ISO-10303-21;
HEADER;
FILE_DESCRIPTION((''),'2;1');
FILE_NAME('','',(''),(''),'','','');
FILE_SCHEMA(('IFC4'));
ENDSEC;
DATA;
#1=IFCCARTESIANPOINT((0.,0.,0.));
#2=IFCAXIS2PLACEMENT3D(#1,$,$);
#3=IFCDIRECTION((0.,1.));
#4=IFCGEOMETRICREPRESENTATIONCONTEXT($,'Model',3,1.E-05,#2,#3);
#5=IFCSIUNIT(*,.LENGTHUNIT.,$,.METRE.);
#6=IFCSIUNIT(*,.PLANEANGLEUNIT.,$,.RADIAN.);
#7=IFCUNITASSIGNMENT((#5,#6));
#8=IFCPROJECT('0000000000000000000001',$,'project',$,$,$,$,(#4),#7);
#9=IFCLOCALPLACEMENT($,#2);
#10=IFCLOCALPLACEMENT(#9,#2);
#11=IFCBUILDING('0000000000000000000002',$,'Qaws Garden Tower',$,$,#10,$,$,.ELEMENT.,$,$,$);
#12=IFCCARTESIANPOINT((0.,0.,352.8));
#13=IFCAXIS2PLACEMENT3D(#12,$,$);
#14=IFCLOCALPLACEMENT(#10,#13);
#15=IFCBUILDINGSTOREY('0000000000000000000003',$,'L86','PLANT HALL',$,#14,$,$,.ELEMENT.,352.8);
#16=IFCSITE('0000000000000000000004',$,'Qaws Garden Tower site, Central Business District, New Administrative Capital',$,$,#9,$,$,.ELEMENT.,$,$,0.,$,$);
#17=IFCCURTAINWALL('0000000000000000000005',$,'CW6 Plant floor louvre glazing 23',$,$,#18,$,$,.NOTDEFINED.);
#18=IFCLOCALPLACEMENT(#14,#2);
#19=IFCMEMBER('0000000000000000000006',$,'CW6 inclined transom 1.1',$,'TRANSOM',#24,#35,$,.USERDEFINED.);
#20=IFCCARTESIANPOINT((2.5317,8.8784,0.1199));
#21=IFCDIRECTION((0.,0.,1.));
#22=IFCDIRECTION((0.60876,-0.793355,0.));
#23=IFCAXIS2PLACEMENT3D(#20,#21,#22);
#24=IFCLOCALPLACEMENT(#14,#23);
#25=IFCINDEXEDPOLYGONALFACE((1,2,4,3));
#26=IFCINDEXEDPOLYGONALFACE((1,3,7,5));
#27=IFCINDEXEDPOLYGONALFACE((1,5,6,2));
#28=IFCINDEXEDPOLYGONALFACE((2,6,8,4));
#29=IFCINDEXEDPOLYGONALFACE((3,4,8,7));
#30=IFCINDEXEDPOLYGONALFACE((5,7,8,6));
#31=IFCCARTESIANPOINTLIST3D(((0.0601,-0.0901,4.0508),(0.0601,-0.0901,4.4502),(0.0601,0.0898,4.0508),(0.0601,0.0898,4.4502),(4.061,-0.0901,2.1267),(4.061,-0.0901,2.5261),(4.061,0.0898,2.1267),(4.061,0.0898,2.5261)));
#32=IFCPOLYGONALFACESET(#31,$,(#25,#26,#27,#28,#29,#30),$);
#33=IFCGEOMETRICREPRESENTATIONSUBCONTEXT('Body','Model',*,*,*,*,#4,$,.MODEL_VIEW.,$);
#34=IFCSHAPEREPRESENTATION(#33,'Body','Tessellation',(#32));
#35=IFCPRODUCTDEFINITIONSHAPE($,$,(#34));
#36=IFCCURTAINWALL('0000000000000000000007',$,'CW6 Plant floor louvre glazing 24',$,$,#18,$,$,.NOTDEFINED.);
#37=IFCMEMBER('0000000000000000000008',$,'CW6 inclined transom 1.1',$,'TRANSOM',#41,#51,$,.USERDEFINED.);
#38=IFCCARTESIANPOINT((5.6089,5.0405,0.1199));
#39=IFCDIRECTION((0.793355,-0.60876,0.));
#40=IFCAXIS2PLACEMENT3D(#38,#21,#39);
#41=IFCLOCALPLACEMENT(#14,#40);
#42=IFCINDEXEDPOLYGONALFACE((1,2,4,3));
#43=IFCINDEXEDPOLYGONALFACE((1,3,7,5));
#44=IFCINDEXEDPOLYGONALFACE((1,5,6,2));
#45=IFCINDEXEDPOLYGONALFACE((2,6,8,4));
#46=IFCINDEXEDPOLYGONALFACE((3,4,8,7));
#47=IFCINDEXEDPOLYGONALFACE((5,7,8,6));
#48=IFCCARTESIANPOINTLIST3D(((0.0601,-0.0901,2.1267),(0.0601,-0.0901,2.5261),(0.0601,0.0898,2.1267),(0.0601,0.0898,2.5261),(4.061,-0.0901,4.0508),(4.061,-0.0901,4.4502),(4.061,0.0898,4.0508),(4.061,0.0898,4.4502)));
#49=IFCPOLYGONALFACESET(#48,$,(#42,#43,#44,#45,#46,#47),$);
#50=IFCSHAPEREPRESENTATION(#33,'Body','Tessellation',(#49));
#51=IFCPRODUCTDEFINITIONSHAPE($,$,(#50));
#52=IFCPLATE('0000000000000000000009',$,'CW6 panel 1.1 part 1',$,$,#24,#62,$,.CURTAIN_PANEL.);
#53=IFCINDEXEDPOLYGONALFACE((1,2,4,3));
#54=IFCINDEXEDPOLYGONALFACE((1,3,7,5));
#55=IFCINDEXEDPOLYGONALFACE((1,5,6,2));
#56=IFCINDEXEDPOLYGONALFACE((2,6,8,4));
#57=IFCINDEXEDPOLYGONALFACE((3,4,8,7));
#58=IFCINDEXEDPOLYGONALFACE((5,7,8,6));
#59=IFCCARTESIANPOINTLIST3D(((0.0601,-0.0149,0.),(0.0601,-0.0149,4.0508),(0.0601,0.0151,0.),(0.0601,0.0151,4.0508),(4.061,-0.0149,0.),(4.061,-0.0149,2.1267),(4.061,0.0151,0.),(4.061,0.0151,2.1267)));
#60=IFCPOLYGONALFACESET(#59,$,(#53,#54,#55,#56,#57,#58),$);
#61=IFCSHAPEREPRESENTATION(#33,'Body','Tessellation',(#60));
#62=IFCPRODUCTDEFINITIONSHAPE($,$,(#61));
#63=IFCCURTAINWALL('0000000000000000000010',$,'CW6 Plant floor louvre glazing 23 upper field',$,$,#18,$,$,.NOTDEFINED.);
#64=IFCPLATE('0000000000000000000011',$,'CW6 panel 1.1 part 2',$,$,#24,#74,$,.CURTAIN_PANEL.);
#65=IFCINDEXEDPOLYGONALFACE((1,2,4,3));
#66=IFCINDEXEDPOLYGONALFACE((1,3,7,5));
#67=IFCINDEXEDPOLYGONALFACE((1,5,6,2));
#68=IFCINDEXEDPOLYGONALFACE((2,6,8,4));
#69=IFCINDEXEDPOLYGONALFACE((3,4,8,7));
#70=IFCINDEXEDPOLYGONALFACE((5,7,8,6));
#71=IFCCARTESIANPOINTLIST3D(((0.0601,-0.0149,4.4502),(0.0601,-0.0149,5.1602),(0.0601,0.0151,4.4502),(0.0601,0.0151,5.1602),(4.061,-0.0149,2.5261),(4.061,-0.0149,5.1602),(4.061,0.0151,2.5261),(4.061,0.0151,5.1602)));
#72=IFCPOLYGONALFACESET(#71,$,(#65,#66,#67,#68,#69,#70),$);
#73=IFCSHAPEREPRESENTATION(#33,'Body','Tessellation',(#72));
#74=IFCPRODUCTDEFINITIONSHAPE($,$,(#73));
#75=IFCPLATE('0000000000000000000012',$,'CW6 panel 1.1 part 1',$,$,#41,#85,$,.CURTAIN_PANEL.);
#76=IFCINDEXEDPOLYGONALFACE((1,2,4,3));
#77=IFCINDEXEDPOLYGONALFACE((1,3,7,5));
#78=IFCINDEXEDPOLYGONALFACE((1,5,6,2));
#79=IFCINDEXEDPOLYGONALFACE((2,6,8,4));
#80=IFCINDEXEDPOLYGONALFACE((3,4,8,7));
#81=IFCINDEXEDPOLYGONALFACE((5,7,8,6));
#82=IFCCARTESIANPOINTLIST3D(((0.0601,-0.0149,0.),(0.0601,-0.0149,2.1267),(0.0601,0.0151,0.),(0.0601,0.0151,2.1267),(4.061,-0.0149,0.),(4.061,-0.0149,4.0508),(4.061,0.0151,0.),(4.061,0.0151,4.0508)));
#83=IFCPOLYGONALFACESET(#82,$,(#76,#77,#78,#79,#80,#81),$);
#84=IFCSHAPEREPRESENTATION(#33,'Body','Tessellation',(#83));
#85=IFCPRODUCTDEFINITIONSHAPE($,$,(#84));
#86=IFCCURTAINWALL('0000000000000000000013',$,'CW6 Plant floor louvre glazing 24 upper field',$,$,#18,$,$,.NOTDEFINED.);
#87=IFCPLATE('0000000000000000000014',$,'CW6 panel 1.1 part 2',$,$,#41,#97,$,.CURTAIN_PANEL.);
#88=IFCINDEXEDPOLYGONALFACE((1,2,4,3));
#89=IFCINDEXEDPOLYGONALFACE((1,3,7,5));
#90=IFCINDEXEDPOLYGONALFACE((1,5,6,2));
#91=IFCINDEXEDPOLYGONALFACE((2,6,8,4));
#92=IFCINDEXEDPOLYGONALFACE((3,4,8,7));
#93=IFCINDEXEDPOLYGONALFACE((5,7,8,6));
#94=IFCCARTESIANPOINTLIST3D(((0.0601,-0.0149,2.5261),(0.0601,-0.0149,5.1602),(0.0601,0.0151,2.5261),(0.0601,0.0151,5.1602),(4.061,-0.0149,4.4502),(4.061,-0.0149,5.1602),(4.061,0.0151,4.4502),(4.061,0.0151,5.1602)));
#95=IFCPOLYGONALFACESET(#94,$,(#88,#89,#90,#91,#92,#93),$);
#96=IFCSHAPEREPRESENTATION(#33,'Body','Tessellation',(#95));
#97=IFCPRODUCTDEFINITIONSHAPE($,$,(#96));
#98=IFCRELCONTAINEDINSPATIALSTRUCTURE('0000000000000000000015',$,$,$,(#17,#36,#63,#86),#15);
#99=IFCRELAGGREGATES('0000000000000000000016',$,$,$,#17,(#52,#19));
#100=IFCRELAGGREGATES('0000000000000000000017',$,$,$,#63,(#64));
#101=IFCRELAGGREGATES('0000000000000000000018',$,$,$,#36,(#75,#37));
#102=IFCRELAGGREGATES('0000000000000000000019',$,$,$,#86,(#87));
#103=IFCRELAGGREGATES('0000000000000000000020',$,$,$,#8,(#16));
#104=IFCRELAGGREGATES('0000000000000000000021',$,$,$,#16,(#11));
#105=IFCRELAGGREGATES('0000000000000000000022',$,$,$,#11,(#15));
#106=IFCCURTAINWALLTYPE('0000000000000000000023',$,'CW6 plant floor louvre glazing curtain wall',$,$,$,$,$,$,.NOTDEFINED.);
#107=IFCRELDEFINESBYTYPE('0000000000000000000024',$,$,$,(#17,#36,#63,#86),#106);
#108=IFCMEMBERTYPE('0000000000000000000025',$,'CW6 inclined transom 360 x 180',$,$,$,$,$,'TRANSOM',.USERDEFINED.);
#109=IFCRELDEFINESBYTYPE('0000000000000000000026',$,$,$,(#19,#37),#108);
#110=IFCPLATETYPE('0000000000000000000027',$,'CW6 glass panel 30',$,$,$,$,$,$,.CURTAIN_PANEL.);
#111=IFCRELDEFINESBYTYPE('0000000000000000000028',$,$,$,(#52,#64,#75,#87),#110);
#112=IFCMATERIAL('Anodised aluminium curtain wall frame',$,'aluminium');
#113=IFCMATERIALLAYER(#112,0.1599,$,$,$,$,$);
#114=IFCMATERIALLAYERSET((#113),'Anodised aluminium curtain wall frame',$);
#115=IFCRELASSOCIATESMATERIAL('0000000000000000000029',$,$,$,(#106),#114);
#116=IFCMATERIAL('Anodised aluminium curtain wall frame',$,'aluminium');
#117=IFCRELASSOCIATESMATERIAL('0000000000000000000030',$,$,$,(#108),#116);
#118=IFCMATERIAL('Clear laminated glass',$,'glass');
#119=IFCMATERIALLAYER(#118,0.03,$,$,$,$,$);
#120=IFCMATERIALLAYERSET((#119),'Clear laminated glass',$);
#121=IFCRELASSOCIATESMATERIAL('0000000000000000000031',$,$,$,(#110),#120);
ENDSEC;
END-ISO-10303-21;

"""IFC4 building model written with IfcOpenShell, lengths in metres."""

from ifc_helpers import new_model, si_unit, direction, frame, origin, origin_2d, place, context, subcontext, project, spatial, polyline, rectangle, outline, extrude, material, layer, layer_set, material_profile, profile_set, type_object, element, aggregate, save


model = new_model("IFC4")

# Units and contexts
model_context = context("Model", 3, precision=1e-05, world=origin(), true_north=direction((0.0, 1.0)))
body_context = subcontext(model_context, "Body", "Model", "MODEL_VIEW")
ifc_project = project(units=[si_unit("LENGTHUNIT", "METRE"), si_unit("PLANEANGLEUNIT", "RADIAN")], contexts=[model_context])

# Site, building, storey
site_placement = place(None, origin())
site = spatial("IfcSite", under=ifc_project, at=site_placement, Name="Qaws Garden Tower site, Central Business District, New Administrative Capital", CompositionType="ELEMENT", RefElevation=0.0)
building_placement = place(site_placement, origin())
building = spatial("IfcBuilding", under=site, at=building_placement, Name="Qaws Garden Tower", CompositionType="ELEMENT")
storey_placement = place(building_placement, frame((0.0, 0.0, 352.8)))
storey = spatial("IfcBuildingStorey", under=building, at=storey_placement, Name="L86", Description="PLANT HALL", CompositionType="ELEMENT", Elevation=352.8)

# Curtain walls, members
ifc_material_1 = material(Name="Anodised aluminium curtain wall frame", Category="aluminium")
ifc_layer_1 = layer(ifc_material_1, 0.1599)
ifc_layer_set_1 = layer_set([ifc_layer_1], Name="Anodised aluminium curtain wall frame")
curtain_wall_type = type_object("IfcCurtainWallType", Name="CW6 plant floor louvre glazing curtain wall", PredefinedType="NOTDEFINED", material=ifc_layer_set_1)
placement_1 = place(storey_placement, origin())
curtain_wall_1 = element("IfcCurtainWall", 1, at=placement_1, inside=storey, type_object=curtain_wall_type, Name="CW6 Plant floor louvre glazing 23", PredefinedType="NOTDEFINED")
ifc_material_2 = material(Name="Anodised aluminium curtain wall frame", Category="aluminium")
ifc_material_profile_1 = material_profile(ifc_material_2, rectangle(XDim=0.1799, YDim=0.3601, at=origin_2d()), Name="AL 180x360")
ifc_profile_set_1 = profile_set([ifc_material_profile_1], Name="Anodised aluminium curtain wall frame")
member_type_1 = type_object("IfcMemberType", Name="CW6 inclined transom 360 x 180", ElementType="TRANSOM", PredefinedType="USERDEFINED", material=ifc_profile_set_1)
placement_2 = place(storey_placement, frame((2.5317, 8.8784, 0.1199), z_axis=(0.0, 0.0, 1.0), x_axis=(0.60876, -0.793355, 0.0)))
member_1 = element("IfcMember", 2, at=placement_2, type_object=member_type_1, Name="CW6 inclined transom 1.1", ObjectType="TRANSOM", PredefinedType="USERDEFINED", context=body_context, shape_type="SweptSolid", body=[
    extrude(outline(polyline([(0.0601, 4.0508), (4.061, 2.1267), (4.061, 2.5261), (0.0601, 4.4502), (0.0601, 4.0508)])), frame((0.0, 0.0898, 0.0), z_axis=(0.0, -1.0, 0.0), x_axis=(1.0, 0.0, 0.0)), (0.0, 0.0, 1.0), 0.1799),
])
curtain_wall_2 = element("IfcCurtainWall", 3, at=placement_1, inside=storey, type_object=curtain_wall_type, Name="CW6 Plant floor louvre glazing 24", PredefinedType="NOTDEFINED")
placement_3 = place(storey_placement, frame((5.6089, 5.0405, 0.1199), z_axis=(0.0, 0.0, 1.0), x_axis=(0.793355, -0.60876, 0.0)))
member_2 = element("IfcMember", 4, at=placement_3, type_object=member_type_1, Name="CW6 inclined transom 1.1", ObjectType="TRANSOM", PredefinedType="USERDEFINED", context=body_context, shape_type="SweptSolid", body=[
    extrude(outline(polyline([(0.0601, 2.1267), (4.061, 4.0508), (4.061, 4.4502), (0.0601, 2.5261), (0.0601, 2.1267)])), frame((0.0, 0.0898, 0.0), z_axis=(0.0, -1.0, 0.0), x_axis=(1.0, 0.0, 0.0)), (0.0, 0.0, 1.0), 0.1799),
])

# Plate
ifc_material_3 = material(Name="Clear laminated glass", Category="glass")
ifc_layer_2 = layer(ifc_material_3, 0.03)
ifc_layer_set_2 = layer_set([ifc_layer_2], Name="Clear laminated glass")
plate_type = type_object("IfcPlateType", Name="CW6 glass panel 30", PredefinedType="CURTAIN_PANEL", material=ifc_layer_set_2)
plate_1 = element("IfcPlate", 5, at=placement_2, type_object=plate_type, Name="CW6 panel 1.1 part 1", PredefinedType="CURTAIN_PANEL", context=body_context, shape_type="SweptSolid", body=[
    extrude(outline(polyline([(4.061, 0.0), (4.061, 2.1267), (0.0601, 4.0508), (0.0601, 0.0), (4.061, 0.0)])), frame((0.0, 0.0151, 0.0), z_axis=(0.0, -1.0, 0.0), x_axis=(1.0, 0.0, 0.0)), (0.0, 0.0, 1.0), 0.03),
])
aggregate(curtain_wall_1, [plate_1, member_1])

# Curtain wall, plate
curtain_wall_3 = element("IfcCurtainWall", 6, at=placement_1, inside=storey, type_object=curtain_wall_type, Name="CW6 Plant floor louvre glazing 23 upper field", PredefinedType="NOTDEFINED")
plate_2 = element("IfcPlate", 7, at=placement_2, type_object=plate_type, Name="CW6 panel 1.1 part 2", PredefinedType="CURTAIN_PANEL", context=body_context, shape_type="SweptSolid", body=[
    extrude(outline(polyline([(0.0601, 5.1602), (0.0601, 4.4502), (4.061, 2.5261), (4.061, 5.1602), (0.0601, 5.1602)])), frame((0.0, 0.0151, 0.0), z_axis=(0.0, -1.0, 0.0), x_axis=(1.0, 0.0, 0.0)), (0.0, 0.0, 1.0), 0.03),
])
aggregate(curtain_wall_3, [plate_2])

# Plate
plate_3 = element("IfcPlate", 8, at=placement_3, type_object=plate_type, Name="CW6 panel 1.1 part 1", PredefinedType="CURTAIN_PANEL", context=body_context, shape_type="SweptSolid", body=[
    extrude(outline(polyline([(4.061, 0.0), (4.061, 4.0508), (0.0601, 2.1267), (0.0601, 0.0), (4.061, 0.0)])), frame((0.0, 0.0151, 0.0), z_axis=(0.0, -1.0, 0.0), x_axis=(1.0, 0.0, 0.0)), (0.0, 0.0, 1.0), 0.03),
])
aggregate(curtain_wall_2, [plate_3, member_2])

# Curtain wall, plate
curtain_wall_4 = element("IfcCurtainWall", 9, at=placement_1, inside=storey, type_object=curtain_wall_type, Name="CW6 Plant floor louvre glazing 24 upper field", PredefinedType="NOTDEFINED")
plate_4 = element("IfcPlate", 10, at=placement_3, type_object=plate_type, Name="CW6 panel 1.1 part 2", PredefinedType="CURTAIN_PANEL", context=body_context, shape_type="SweptSolid", body=[
    extrude(outline(polyline([(0.0601, 5.1602), (0.0601, 2.5261), (4.061, 4.4502), (4.061, 5.1602), (0.0601, 5.1602)])), frame((0.0, 0.0151, 0.0), z_axis=(0.0, -1.0, 0.0), x_axis=(1.0, 0.0, 0.0)), (0.0, 0.0, 1.0), 0.03),
])
aggregate(curtain_wall_4, [plate_4])

save(model, "model.ifc")
